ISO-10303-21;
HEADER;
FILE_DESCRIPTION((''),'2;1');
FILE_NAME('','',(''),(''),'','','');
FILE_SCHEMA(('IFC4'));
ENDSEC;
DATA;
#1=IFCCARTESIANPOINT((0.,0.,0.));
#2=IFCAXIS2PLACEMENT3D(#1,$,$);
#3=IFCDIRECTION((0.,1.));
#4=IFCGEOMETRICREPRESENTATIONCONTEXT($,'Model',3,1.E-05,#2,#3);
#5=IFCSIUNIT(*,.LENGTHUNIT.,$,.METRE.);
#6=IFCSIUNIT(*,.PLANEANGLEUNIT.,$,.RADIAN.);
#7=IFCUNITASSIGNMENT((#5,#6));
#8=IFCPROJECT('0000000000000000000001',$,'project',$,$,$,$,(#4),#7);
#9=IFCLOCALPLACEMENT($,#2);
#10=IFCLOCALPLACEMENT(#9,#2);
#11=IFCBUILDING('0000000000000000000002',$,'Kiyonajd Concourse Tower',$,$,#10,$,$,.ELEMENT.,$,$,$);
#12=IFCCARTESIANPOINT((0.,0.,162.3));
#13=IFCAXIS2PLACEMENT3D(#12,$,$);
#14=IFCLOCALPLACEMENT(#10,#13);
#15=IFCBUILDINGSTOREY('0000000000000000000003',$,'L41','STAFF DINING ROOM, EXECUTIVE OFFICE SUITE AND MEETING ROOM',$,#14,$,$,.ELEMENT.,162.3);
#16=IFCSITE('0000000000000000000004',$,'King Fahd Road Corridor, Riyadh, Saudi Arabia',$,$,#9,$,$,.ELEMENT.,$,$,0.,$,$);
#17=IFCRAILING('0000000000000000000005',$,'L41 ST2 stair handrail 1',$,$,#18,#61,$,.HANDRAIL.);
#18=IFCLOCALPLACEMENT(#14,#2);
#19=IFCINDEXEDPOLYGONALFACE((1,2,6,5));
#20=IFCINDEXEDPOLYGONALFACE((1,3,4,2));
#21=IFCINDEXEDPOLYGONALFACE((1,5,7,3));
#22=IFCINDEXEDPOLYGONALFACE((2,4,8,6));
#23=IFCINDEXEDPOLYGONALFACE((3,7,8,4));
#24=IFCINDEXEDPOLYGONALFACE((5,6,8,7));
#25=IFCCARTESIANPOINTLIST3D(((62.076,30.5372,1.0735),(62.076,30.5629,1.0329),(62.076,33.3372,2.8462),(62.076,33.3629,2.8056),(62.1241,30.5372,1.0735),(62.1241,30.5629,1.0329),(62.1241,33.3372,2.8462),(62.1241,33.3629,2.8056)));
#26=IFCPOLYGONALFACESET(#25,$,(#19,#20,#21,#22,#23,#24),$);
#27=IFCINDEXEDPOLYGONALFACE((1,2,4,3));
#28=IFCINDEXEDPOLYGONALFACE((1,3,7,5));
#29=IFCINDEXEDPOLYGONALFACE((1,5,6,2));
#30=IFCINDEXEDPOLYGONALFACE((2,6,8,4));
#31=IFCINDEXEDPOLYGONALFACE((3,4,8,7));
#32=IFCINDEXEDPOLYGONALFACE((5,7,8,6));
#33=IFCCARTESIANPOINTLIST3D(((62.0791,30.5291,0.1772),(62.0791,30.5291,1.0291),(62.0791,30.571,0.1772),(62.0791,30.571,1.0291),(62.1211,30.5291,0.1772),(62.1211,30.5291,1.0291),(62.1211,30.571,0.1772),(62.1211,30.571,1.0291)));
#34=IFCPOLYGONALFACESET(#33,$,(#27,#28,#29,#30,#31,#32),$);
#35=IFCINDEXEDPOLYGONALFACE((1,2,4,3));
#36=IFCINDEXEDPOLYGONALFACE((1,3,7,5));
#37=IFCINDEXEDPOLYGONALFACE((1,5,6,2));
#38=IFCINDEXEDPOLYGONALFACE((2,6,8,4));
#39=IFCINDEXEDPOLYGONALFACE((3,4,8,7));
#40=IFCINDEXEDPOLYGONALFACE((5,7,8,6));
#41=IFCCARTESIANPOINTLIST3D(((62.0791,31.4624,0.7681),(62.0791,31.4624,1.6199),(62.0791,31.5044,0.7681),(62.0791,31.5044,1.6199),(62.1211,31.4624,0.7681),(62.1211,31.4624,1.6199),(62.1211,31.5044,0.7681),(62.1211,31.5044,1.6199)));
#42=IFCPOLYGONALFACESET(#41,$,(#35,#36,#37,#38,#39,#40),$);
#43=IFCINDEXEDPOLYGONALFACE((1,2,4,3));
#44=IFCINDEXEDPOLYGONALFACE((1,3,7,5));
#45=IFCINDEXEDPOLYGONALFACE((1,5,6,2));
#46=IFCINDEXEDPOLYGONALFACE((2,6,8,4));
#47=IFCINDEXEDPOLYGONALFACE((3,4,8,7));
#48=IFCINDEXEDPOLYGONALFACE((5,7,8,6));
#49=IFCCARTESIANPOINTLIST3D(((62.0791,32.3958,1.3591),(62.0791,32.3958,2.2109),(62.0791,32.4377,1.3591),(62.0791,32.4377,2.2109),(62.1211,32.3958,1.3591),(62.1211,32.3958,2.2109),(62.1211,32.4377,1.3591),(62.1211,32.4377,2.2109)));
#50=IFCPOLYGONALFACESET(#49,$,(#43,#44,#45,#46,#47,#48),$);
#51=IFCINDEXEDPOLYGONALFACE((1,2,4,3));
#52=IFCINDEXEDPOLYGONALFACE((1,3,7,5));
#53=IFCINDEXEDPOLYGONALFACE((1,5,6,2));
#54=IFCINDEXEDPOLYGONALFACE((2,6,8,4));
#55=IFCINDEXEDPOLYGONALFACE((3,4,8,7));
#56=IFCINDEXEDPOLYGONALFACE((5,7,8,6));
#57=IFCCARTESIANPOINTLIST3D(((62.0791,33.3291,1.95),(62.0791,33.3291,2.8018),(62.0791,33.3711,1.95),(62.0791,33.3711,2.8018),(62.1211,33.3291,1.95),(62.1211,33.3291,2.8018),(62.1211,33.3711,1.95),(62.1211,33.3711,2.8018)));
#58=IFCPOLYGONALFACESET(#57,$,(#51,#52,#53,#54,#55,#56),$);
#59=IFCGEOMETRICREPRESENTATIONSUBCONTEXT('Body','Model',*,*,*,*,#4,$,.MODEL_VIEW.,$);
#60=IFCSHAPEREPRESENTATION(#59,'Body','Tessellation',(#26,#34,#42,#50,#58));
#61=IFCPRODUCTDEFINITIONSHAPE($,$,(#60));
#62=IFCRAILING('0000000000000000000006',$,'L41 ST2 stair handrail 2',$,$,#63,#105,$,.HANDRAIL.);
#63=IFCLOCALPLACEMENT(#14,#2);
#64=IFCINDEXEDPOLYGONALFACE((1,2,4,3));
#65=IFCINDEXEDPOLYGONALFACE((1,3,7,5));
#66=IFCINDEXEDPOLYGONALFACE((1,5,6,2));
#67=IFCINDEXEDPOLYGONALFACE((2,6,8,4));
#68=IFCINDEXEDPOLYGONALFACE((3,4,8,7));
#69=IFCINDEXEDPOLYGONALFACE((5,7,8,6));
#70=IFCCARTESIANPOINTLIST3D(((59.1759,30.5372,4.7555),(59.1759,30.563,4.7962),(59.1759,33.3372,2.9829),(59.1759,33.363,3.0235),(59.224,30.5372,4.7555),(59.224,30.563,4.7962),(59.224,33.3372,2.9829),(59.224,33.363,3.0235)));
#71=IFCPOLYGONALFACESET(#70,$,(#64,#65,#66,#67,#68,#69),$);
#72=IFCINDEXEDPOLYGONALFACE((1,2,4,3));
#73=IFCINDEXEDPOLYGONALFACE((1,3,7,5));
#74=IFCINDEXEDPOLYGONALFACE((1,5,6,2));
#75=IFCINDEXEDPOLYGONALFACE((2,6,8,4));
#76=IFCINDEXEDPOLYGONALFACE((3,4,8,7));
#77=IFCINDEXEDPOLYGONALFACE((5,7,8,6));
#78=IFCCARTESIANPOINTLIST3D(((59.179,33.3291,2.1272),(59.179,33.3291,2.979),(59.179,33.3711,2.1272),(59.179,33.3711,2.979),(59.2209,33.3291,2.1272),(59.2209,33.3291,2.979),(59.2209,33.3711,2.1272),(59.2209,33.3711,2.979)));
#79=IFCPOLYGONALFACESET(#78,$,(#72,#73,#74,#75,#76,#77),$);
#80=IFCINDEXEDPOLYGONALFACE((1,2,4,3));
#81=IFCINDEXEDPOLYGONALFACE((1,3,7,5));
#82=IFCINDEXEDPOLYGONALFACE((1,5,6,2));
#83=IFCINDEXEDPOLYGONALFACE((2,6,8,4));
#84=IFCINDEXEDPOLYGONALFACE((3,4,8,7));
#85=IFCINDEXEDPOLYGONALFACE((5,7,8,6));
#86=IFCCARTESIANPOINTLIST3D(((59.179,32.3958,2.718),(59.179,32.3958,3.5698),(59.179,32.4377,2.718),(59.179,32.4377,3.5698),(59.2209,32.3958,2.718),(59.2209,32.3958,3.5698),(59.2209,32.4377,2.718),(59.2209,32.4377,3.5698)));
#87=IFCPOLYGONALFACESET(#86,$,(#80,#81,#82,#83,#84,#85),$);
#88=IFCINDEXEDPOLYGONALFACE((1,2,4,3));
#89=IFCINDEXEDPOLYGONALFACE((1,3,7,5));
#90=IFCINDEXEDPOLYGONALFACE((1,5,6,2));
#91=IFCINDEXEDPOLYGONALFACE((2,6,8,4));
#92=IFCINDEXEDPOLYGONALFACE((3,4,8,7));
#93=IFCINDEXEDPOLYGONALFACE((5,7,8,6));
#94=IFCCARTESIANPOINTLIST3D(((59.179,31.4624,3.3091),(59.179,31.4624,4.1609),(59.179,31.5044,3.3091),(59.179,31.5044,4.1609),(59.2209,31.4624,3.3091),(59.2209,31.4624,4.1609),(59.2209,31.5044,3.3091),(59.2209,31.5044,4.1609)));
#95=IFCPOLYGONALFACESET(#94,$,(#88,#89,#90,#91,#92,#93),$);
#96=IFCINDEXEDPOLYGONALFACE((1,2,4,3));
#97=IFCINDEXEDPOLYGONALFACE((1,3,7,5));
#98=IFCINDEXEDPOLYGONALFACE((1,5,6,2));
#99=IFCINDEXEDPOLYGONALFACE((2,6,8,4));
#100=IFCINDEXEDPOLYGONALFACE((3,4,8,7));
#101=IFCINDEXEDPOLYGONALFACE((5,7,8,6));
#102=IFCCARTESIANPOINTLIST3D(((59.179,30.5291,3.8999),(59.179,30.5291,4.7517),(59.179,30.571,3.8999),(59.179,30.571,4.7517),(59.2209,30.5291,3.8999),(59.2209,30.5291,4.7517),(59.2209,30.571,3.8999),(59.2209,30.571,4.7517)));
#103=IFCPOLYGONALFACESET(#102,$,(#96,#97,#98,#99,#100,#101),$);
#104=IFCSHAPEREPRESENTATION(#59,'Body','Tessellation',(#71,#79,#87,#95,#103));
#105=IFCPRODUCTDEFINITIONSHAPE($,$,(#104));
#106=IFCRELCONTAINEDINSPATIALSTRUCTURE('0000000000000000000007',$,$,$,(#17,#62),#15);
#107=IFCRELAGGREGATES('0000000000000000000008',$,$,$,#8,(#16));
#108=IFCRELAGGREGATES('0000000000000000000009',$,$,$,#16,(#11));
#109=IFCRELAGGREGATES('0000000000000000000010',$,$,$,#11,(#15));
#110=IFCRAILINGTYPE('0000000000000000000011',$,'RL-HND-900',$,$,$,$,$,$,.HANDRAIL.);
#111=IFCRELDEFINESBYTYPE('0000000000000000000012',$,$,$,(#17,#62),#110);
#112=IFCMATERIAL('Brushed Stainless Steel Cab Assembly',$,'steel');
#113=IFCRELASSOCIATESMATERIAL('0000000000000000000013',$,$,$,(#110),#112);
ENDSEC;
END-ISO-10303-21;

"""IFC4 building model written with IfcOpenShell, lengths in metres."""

from ifc_helpers import new_model, si_unit, direction, frame, origin, origin_2d, place, context, subcontext, project, spatial, rectangle, extrude, material, type_object, element, save


model = new_model("IFC4")

# Units and contexts
model_context = context("Model", 3, precision=1e-05, world=origin(), true_north=direction((0.0, 1.0)))
body_context = subcontext(model_context, "Body", "Model", "MODEL_VIEW")
ifc_project = project(units=[si_unit("LENGTHUNIT", "METRE"), si_unit("PLANEANGLEUNIT", "RADIAN")], contexts=[model_context])

# Site, building, storey
site_placement = place(None, origin())
site = spatial("IfcSite", under=ifc_project, at=site_placement, Name="King Fahd Road Corridor, Riyadh, Saudi Arabia", CompositionType="ELEMENT", RefElevation=0.0)
building_placement = place(site_placement, origin())
building = spatial("IfcBuilding", under=site, at=building_placement, Name="Kiyonajd Concourse Tower", CompositionType="ELEMENT")
storey_placement = place(building_placement, frame((0.0, 0.0, 162.3)))
storey = spatial("IfcBuildingStorey", under=building, at=storey_placement, Name="L41", Description="STAFF DINING ROOM, EXECUTIVE OFFICE SUITE AND MEETING ROOM", CompositionType="ELEMENT", Elevation=162.3)

# Railings
ifc_material_1 = material(Name="Brushed Stainless Steel Cab Assembly", Category="steel")
railing_type_1 = type_object("IfcRailingType", Name="RL-HND-900", PredefinedType="HANDRAIL", material=ifc_material_1)
railing_1_placement = place(storey_placement, frame((62.1001, 30.55, 0.1772)))
element("IfcRailing", 1, at=railing_1_placement, inside=storey, type_object=railing_type_1, Name="L41 ST2 stair handrail 1", PredefinedType="HANDRAIL", context=body_context, shape_type="SweptSolid", body=[
    extrude(rectangle(XDim=0.0481, YDim=0.0481, at=origin_2d()), frame((0.0, 0.0, 0.876), z_axis=(0.0, 0.844909, 0.53491), x_axis=(-1.0, 0.0, 0.0)), (0.0, 0.0, 1.0), 3.314),
    extrude(rectangle(XDim=0.042, YDim=0.042, at=origin_2d()), origin(), (0.0, 0.0, 1.0), 0.8518),
    extrude(rectangle(XDim=0.042, YDim=0.042, at=origin_2d()), frame((0.0, 0.9333, 0.5908)), (0.0, 0.0, 1.0), 0.8518),
    extrude(rectangle(XDim=0.042, YDim=0.042, at=origin_2d()), frame((0.0, 1.8667, 1.1819)), (0.0, 0.0, 1.0), 0.8518),
    extrude(rectangle(XDim=0.042, YDim=0.042, at=origin_2d()), frame((0.0, 2.8, 1.7727)), (0.0, 0.0, 1.0), 0.8518),
])
railing_2_placement = place(storey_placement, frame((59.2, 33.3501, 2.1272)))
element("IfcRailing", 2, at=railing_2_placement, inside=storey, type_object=railing_type_1, Name="L41 ST2 stair handrail 2", PredefinedType="HANDRAIL", context=body_context, shape_type="SweptSolid", body=[
    extrude(rectangle(XDim=0.0481, YDim=0.0481, at=origin_2d()), frame((0.0, 0.0, 0.876), z_axis=(0.0, -0.844909, 0.53491), x_axis=(1.0, 0.0, 0.0)), (0.0, 0.0, 1.0), 3.314),
    extrude(rectangle(XDim=0.042, YDim=0.042, at=origin_2d()), origin(), (0.0, 0.0, 1.0), 0.8518),
    extrude(rectangle(XDim=0.042, YDim=0.042, at=origin_2d()), frame((0.0, -0.9333, 0.5908)), (0.0, 0.0, 1.0), 0.8518),
    extrude(rectangle(XDim=0.042, YDim=0.042, at=origin_2d()), frame((0.0, -1.8667, 1.1819)), (0.0, 0.0, 1.0), 0.8518),
    extrude(rectangle(XDim=0.042, YDim=0.042, at=origin_2d()), frame((0.0, -2.8, 1.7727)), (0.0, 0.0, 1.0), 0.8518),
])

save(model, "model.ifc")
